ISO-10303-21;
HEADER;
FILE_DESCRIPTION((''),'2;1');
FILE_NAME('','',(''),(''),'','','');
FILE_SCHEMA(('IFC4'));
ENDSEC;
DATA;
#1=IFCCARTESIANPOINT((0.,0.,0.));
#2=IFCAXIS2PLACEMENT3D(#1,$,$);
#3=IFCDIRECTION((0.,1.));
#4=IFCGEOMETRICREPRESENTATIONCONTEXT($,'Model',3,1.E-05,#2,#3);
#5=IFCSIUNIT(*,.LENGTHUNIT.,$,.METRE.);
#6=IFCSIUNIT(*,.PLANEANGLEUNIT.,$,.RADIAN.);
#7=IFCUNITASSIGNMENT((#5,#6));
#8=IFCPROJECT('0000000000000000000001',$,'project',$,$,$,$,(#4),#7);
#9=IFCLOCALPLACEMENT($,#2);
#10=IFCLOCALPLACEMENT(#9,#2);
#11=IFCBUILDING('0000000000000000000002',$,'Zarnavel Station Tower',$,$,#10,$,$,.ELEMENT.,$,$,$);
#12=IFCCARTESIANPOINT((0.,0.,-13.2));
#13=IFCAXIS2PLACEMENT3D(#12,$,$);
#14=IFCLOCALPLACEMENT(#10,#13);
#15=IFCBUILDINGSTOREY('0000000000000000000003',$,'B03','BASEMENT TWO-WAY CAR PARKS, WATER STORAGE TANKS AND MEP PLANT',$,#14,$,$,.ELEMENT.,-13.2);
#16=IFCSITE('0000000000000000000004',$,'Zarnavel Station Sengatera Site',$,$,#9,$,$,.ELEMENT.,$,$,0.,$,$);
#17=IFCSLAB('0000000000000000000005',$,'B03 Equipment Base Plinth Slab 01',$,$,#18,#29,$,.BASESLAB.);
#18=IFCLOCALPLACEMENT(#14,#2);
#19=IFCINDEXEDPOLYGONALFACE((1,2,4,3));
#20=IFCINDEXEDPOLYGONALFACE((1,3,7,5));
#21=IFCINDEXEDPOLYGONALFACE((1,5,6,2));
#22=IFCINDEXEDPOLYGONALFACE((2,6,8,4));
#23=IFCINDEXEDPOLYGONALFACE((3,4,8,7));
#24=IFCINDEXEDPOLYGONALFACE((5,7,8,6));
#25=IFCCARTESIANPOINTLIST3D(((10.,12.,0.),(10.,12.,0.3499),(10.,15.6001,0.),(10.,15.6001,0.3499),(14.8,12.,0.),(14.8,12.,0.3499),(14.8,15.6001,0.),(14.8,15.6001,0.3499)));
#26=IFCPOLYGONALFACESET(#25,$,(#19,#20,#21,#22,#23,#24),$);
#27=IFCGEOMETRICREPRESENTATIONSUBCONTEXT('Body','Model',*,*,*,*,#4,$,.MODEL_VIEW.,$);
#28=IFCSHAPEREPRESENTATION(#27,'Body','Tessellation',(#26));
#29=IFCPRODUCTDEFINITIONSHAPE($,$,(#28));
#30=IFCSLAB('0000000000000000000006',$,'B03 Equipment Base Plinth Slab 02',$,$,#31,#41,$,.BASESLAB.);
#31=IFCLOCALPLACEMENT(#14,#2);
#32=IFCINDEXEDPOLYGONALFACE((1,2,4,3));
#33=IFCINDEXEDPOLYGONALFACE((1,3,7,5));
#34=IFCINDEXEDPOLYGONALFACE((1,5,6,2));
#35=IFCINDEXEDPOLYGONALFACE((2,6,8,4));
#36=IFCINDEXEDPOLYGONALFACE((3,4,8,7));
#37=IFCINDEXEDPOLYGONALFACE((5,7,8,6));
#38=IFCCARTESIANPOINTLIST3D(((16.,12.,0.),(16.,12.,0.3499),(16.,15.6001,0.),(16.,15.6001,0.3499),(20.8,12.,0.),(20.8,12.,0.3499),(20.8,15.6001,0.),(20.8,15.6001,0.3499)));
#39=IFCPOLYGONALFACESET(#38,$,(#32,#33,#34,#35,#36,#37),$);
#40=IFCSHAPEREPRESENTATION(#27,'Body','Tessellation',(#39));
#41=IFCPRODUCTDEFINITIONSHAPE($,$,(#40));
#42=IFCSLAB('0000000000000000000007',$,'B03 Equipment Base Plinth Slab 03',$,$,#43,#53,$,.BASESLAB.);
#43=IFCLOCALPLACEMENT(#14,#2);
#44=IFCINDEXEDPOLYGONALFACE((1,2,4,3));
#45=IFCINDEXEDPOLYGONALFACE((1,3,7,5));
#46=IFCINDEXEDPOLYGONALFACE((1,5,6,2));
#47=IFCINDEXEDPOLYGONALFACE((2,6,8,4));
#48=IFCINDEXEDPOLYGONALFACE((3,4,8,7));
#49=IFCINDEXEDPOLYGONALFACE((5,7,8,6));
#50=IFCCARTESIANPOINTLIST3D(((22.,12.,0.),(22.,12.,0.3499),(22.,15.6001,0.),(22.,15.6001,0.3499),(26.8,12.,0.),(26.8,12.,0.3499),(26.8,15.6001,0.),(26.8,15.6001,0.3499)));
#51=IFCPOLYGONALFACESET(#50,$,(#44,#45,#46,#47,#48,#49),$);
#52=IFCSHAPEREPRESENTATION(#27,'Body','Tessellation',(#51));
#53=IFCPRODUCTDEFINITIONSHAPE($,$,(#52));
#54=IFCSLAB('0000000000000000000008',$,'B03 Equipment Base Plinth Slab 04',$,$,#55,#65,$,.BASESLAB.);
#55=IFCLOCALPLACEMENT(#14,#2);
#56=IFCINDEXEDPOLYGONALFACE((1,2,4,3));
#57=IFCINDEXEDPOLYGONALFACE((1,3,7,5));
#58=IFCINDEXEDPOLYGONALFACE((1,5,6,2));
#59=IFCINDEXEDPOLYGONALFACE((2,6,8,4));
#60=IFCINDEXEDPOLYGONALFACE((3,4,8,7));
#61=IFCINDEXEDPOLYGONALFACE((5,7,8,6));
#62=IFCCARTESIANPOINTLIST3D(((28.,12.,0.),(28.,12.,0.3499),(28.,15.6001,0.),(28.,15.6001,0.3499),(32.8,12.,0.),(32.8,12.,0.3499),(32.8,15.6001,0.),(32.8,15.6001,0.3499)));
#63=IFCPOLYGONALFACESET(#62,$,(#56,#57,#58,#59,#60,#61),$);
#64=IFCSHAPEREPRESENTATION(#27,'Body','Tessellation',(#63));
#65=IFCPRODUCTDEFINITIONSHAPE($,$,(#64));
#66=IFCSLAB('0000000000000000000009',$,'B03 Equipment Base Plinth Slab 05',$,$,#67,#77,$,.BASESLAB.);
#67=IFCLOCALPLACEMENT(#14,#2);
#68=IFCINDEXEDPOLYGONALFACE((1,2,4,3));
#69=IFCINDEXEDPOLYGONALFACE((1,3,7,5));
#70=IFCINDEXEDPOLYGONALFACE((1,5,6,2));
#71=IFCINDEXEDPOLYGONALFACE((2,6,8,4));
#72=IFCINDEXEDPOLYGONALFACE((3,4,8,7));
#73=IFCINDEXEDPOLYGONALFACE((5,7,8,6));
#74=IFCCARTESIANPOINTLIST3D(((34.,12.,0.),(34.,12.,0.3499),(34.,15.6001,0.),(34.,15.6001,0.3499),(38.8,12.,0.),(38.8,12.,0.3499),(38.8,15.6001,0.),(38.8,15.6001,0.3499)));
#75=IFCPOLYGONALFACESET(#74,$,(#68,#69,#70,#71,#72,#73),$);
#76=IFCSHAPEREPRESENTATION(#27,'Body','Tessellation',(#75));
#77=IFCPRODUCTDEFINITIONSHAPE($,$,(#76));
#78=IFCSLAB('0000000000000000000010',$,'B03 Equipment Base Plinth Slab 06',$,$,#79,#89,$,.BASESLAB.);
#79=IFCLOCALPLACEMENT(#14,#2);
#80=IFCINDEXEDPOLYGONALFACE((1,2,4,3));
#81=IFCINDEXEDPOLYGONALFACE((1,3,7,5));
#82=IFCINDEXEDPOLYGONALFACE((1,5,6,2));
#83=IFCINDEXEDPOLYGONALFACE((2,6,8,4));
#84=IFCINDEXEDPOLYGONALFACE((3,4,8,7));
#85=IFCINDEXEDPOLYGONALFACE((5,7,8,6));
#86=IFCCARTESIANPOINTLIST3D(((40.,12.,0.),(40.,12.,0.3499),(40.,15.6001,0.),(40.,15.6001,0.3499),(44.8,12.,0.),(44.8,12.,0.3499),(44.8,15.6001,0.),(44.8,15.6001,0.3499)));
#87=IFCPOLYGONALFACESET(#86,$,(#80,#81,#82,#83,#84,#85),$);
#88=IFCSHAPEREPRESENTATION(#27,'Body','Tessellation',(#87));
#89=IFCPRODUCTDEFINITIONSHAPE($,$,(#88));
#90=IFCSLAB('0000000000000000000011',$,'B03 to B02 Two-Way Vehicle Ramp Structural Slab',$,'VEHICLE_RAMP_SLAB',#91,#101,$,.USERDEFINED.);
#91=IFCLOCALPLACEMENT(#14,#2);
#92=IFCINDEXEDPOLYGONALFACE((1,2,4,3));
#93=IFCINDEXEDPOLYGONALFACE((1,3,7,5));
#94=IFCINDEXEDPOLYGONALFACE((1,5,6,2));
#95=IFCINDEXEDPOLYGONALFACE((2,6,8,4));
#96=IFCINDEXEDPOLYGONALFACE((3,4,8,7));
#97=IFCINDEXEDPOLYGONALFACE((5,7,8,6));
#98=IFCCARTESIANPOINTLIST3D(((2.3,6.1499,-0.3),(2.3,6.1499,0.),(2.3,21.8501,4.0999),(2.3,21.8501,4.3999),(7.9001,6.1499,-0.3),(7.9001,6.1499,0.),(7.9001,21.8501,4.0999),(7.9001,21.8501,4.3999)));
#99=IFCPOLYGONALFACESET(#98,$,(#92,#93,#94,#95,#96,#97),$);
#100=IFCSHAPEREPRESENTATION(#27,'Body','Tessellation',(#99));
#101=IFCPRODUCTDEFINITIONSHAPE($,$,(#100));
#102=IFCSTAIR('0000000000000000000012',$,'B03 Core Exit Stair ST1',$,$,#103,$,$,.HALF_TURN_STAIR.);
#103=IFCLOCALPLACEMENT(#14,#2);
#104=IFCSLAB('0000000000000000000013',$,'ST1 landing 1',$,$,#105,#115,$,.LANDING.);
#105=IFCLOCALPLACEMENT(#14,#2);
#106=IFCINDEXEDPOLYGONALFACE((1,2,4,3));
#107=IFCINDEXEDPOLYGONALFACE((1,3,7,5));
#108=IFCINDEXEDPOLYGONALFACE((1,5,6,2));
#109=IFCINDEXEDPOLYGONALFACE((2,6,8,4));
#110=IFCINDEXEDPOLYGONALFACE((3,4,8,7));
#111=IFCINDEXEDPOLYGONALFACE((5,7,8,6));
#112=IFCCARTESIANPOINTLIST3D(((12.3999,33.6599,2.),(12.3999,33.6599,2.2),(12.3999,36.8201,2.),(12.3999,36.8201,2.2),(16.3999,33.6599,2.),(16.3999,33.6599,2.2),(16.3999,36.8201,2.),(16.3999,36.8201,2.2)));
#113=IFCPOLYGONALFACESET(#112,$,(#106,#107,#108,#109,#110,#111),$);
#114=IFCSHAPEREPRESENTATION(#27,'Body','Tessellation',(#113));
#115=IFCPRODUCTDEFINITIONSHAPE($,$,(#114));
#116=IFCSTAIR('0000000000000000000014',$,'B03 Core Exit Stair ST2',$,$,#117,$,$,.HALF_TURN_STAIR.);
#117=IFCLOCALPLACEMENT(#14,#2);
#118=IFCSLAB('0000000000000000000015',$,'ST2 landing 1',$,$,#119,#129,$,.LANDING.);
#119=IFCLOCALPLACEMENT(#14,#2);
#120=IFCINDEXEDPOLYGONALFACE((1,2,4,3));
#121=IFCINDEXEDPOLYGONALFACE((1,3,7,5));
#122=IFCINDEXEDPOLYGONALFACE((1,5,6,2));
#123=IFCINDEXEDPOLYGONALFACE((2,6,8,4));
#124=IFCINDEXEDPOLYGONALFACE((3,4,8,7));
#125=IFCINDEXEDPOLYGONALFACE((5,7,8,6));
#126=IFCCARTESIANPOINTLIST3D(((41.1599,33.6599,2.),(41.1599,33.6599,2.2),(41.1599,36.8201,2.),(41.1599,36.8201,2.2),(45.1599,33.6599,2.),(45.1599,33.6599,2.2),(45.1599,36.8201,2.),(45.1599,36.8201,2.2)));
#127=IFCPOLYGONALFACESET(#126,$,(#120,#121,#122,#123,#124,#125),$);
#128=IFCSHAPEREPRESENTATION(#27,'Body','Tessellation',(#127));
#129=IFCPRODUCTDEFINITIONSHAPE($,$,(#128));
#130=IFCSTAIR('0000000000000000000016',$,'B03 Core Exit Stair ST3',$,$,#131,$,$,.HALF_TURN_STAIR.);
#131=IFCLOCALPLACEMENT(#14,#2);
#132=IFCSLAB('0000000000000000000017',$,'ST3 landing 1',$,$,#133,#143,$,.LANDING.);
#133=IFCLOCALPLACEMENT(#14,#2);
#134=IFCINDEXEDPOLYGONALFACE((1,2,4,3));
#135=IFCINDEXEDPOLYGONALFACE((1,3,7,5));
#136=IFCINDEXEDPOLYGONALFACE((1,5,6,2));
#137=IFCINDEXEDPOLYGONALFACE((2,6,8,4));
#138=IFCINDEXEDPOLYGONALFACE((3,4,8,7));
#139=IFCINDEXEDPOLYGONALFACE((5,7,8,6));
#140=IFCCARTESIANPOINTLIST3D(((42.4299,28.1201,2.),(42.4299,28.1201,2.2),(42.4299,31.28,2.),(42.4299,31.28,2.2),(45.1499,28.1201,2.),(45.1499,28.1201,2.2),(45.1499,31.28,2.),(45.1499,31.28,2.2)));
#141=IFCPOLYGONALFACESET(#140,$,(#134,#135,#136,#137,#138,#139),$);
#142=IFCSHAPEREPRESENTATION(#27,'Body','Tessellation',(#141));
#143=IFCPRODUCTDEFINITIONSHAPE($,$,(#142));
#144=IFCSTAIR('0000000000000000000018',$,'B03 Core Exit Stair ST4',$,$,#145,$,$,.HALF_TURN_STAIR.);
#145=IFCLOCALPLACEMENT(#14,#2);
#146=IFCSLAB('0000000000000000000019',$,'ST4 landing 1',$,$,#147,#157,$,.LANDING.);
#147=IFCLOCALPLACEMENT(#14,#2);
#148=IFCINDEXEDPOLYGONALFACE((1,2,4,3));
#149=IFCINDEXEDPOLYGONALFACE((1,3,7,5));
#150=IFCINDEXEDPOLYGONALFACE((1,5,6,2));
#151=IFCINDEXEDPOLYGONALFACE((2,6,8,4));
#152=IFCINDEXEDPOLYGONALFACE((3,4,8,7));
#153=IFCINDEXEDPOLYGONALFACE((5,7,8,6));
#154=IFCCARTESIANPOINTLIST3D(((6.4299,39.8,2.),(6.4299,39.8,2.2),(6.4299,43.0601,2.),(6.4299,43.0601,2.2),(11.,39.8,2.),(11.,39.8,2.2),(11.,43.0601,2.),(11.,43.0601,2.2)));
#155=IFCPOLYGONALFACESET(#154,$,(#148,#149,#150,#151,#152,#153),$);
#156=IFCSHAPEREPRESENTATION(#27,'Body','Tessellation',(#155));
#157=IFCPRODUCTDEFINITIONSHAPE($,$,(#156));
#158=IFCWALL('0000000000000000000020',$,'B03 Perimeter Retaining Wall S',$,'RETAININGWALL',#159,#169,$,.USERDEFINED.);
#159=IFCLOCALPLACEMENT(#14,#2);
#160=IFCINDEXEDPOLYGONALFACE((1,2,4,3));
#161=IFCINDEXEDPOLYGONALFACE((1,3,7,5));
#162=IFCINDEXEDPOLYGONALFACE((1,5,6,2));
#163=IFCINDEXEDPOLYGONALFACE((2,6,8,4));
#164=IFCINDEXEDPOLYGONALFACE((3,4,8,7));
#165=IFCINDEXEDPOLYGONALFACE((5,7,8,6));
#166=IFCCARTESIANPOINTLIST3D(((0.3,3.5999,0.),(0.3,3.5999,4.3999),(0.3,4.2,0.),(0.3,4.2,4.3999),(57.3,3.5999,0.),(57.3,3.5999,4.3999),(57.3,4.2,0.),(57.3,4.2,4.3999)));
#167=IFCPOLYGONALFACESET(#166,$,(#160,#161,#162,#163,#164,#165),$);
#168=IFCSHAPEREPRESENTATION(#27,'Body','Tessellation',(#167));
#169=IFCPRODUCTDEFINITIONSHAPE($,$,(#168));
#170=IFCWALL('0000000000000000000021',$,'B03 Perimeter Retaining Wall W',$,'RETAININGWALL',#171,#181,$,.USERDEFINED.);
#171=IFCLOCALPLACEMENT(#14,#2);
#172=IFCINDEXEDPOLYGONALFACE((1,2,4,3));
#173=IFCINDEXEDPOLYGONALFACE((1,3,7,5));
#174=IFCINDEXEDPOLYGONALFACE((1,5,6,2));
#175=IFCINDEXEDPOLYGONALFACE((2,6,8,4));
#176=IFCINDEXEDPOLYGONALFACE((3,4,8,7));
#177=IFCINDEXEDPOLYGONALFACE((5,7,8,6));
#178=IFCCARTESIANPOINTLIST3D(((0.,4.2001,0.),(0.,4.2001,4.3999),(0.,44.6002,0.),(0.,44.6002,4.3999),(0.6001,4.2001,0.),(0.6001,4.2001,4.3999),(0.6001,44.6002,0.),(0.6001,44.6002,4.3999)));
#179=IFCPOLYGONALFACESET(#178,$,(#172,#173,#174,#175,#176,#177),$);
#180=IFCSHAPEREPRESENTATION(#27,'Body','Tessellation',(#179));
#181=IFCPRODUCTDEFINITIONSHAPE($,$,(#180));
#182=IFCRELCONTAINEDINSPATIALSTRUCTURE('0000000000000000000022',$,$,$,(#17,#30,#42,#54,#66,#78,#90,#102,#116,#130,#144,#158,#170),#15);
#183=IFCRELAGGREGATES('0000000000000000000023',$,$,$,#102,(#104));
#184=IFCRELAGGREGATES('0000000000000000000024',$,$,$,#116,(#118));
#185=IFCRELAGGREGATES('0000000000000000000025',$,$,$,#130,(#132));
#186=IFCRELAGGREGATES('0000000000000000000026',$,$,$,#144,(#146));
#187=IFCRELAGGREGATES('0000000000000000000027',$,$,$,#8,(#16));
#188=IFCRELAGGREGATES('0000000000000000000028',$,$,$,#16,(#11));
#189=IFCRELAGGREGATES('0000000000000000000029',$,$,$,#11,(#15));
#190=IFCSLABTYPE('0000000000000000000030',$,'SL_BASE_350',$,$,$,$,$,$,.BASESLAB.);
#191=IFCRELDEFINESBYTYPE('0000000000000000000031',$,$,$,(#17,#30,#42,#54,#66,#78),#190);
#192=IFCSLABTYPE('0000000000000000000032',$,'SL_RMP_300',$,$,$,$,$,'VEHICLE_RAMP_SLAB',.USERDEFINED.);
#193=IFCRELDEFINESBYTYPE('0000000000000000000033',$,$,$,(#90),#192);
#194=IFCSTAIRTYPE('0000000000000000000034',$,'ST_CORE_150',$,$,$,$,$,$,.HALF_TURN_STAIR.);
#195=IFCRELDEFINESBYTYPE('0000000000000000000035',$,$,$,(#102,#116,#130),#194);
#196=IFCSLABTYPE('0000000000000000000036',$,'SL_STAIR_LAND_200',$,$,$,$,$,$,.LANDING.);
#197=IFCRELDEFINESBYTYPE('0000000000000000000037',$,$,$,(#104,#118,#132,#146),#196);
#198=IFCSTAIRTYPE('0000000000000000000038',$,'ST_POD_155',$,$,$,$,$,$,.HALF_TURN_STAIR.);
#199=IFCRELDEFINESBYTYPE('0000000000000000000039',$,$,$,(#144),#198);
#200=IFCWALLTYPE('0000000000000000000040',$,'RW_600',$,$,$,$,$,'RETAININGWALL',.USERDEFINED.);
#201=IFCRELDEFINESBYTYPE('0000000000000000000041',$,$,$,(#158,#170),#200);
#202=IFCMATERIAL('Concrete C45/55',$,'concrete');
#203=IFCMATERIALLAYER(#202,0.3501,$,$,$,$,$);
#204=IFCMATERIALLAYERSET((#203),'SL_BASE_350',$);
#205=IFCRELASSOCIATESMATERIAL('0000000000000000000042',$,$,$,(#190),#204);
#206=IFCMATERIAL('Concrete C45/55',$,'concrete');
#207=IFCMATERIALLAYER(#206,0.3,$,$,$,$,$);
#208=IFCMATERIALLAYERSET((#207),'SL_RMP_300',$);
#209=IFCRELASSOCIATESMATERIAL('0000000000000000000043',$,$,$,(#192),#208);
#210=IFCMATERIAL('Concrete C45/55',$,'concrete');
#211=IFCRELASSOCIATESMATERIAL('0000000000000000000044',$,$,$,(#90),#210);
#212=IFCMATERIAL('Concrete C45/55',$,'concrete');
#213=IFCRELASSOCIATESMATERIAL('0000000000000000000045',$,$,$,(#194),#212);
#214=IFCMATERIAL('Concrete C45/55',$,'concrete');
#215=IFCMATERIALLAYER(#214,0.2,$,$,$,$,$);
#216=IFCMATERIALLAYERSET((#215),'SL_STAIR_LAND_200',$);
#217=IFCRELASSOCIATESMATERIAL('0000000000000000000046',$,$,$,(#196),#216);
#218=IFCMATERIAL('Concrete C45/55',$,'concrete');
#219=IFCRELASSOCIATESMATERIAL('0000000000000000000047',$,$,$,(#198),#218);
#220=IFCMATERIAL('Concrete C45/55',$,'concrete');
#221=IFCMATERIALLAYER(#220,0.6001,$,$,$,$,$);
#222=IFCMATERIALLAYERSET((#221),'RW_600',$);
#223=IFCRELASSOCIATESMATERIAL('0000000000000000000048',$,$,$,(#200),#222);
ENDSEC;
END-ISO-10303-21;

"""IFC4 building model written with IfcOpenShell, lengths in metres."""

from ifc_helpers import new_model, si_unit, direction, frame, frame_2d, origin, place, context, subcontext, project, spatial, polyline, rectangle, outline, extrude, material, layer, layer_set, type_object, element, aggregate, save


model = new_model("IFC4")

# Units and contexts
model_context = context("Model", 3, precision=1e-05, world=origin(), true_north=direction((0.0, 1.0)))
body_context = subcontext(model_context, "Body", "Model", "MODEL_VIEW")
ifc_project = project(units=[si_unit("LENGTHUNIT", "METRE"), si_unit("PLANEANGLEUNIT", "RADIAN")], contexts=[model_context])

# Site, building, storey
site_placement = place(None, origin())
site = spatial("IfcSite", under=ifc_project, at=site_placement, Name="Zarnavel Station Sengatera Site", CompositionType="ELEMENT", RefElevation=0.0)
building_placement = place(site_placement, origin())
building = spatial("IfcBuilding", under=site, at=building_placement, Name="Zarnavel Station Tower", CompositionType="ELEMENT")
storey_placement = place(building_placement, frame((0.0, 0.0, -13.2)))
storey = spatial("IfcBuildingStorey", under=building, at=storey_placement, Name="B03", Description="BASEMENT TWO-WAY CAR PARKS, WATER STORAGE TANKS AND MEP PLANT", CompositionType="ELEMENT", Elevation=-13.2)

# Slabs
ifc_material_1 = material(Name="Concrete C45/55", Category="concrete")
ifc_layer_1 = layer(ifc_material_1, 0.3501)
ifc_layer_set_1 = layer_set([ifc_layer_1], Name="SL_BASE_350")
slab_type_1 = type_object("IfcSlabType", Name="SL_BASE_350", PredefinedType="BASESLAB", material=ifc_layer_set_1)
slab_1_placement = place(storey_placement, origin())
element("IfcSlab", 1, at=slab_1_placement, inside=storey, type_object=slab_type_1, Name="B03 Equipment Base Plinth Slab 01", PredefinedType="BASESLAB", context=body_context, shape_type="SweptSolid", body=[
    extrude(outline(polyline([(10.0, 12.0), (14.8, 12.0), (14.8, 15.6001), (10.0, 15.6001), (10.0, 12.0)])), origin(), (0.0, 0.0, 1.0), 0.3499),
])
slab_2_placement = place(storey_placement, origin())
element("IfcSlab", 2, at=slab_2_placement, inside=storey, type_object=slab_type_1, Name="B03 Equipment Base Plinth Slab 02", PredefinedType="BASESLAB", context=body_context, shape_type="SweptSolid", body=[
    extrude(outline(polyline([(16.0, 12.0), (20.8, 12.0), (20.8, 15.6001), (16.0, 15.6001), (16.0, 12.0)])), origin(), (0.0, 0.0, 1.0), 0.3499),
])
slab_3_placement = place(storey_placement, origin())
element("IfcSlab", 3, at=slab_3_placement, inside=storey, type_object=slab_type_1, Name="B03 Equipment Base Plinth Slab 03", PredefinedType="BASESLAB", context=body_context, shape_type="SweptSolid", body=[
    extrude(outline(polyline([(22.0, 12.0), (26.8, 12.0), (26.8, 15.6001), (22.0, 15.6001), (22.0, 12.0)])), origin(), (0.0, 0.0, 1.0), 0.3499),
])
slab_4_placement = place(storey_placement, origin())
element("IfcSlab", 4, at=slab_4_placement, inside=storey, type_object=slab_type_1, Name="B03 Equipment Base Plinth Slab 04", PredefinedType="BASESLAB", context=body_context, shape_type="SweptSolid", body=[
    extrude(outline(polyline([(28.0, 12.0), (32.8, 12.0), (32.8, 15.6001), (28.0, 15.6001), (28.0, 12.0)])), origin(), (0.0, 0.0, 1.0), 0.3499),
])
slab_5_placement = place(storey_placement, origin())
element("IfcSlab", 5, at=slab_5_placement, inside=storey, type_object=slab_type_1, Name="B03 Equipment Base Plinth Slab 05", PredefinedType="BASESLAB", context=body_context, shape_type="SweptSolid", body=[
    extrude(outline(polyline([(34.0, 12.0), (38.8, 12.0), (38.8, 15.6001), (34.0, 15.6001), (34.0, 12.0)])), origin(), (0.0, 0.0, 1.0), 0.3499),
])
slab_6_placement = place(storey_placement, origin())
element("IfcSlab", 6, at=slab_6_placement, inside=storey, type_object=slab_type_1, Name="B03 Equipment Base Plinth Slab 06", PredefinedType="BASESLAB", context=body_context, shape_type="SweptSolid", body=[
    extrude(outline(polyline([(40.0, 12.0), (44.8, 12.0), (44.8, 15.6001), (40.0, 15.6001), (40.0, 12.0)])), origin(), (0.0, 0.0, 1.0), 0.3499),
])
ifc_material_2 = material(Name="Concrete C45/55", Category="concrete")
ifc_material_3 = material(Name="Concrete C45/55", Category="concrete")
ifc_layer_2 = layer(ifc_material_3, 0.3)
ifc_layer_set_2 = layer_set([ifc_layer_2], Name="SL_RMP_300")
slab_type_2 = type_object("IfcSlabType", Name="SL_RMP_300", ElementType="VEHICLE_RAMP_SLAB", PredefinedType="USERDEFINED", material=ifc_layer_set_2)
slab_7_placement = place(storey_placement, frame((5.1001, 6.1499, 0.0), z_axis=(0.0, 0.0, 1.0), x_axis=(0.0, 1.0, 0.0)))
element("IfcSlab", 7, at=slab_7_placement, inside=storey, type_object=slab_type_2, material=ifc_material_2, Name="B03 to B02 Two-Way Vehicle Ramp Structural Slab", ObjectType="VEHICLE_RAMP_SLAB", PredefinedType="USERDEFINED", context=body_context, shape_type="SweptSolid", body=[
    extrude(outline(polyline([(0.0, 0.0), (15.7002, 4.3999), (15.7002, 4.0999), (0.0, -0.3), (0.0, 0.0)])), frame((0.0, -2.8, 0.0), z_axis=(0.0, -1.0, 0.0), x_axis=(1.0, 0.0, 0.0)), (0.0, 0.0, -1.0), 5.6001),
])

# Stairs, slabs
ifc_material_4 = material(Name="Concrete C45/55", Category="concrete")
stair_type_1 = type_object("IfcStairType", Name="ST_CORE_150", PredefinedType="HALF_TURN_STAIR", material=ifc_material_4)
stair_1_placement = place(storey_placement, origin())
stair_1 = element("IfcStair", 8, at=stair_1_placement, inside=storey, type_object=stair_type_1, Name="B03 Core Exit Stair ST1", PredefinedType="HALF_TURN_STAIR")
ifc_material_5 = material(Name="Concrete C45/55", Category="concrete")
ifc_layer_3 = layer(ifc_material_5, 0.2)
ifc_layer_set_3 = layer_set([ifc_layer_3], Name="SL_STAIR_LAND_200")
slab_type_3 = type_object("IfcSlabType", Name="SL_STAIR_LAND_200", PredefinedType="LANDING", material=ifc_layer_set_3)
slab_8_placement = place(storey_placement, frame((0.0, 0.0, 2.0)))
slab_8 = element("IfcSlab", 9, at=slab_8_placement, type_object=slab_type_3, Name="ST1 landing 1", PredefinedType="LANDING", context=body_context, shape_type="SweptSolid", body=[
    extrude(outline(polyline([(16.3999, 36.8201), (12.3999, 36.8201), (12.3999, 33.6599), (16.3999, 33.6599), (16.3999, 36.8201)])), origin(), (0.0, 0.0, 1.0), 0.2),
])
aggregate(stair_1, [slab_8])
stair_2_placement = place(storey_placement, origin())
stair_2 = element("IfcStair", 10, at=stair_2_placement, inside=storey, type_object=stair_type_1, Name="B03 Core Exit Stair ST2", PredefinedType="HALF_TURN_STAIR")
slab_9_placement = place(storey_placement, frame((0.0, 0.0, 2.0)))
slab_9 = element("IfcSlab", 11, at=slab_9_placement, type_object=slab_type_3, Name="ST2 landing 1", PredefinedType="LANDING", context=body_context, shape_type="SweptSolid", body=[
    extrude(outline(polyline([(41.1599, 33.6599), (45.1599, 33.6599), (45.1599, 36.8201), (41.1599, 36.8201), (41.1599, 33.6599)])), origin(), (0.0, 0.0, 1.0), 0.2),
])
aggregate(stair_2, [slab_9])
stair_3_placement = place(storey_placement, origin())
stair_3 = element("IfcStair", 12, at=stair_3_placement, inside=storey, type_object=stair_type_1, Name="B03 Core Exit Stair ST3", PredefinedType="HALF_TURN_STAIR")
slab_10_placement = place(storey_placement, frame((0.0, 0.0, 2.0)))
slab_10 = element("IfcSlab", 13, at=slab_10_placement, type_object=slab_type_3, Name="ST3 landing 1", PredefinedType="LANDING", context=body_context, shape_type="SweptSolid", body=[
    extrude(outline(polyline([(42.4299, 28.1201), (45.1499, 28.1201), (45.1499, 31.28), (42.4299, 31.28), (42.4299, 28.1201)])), origin(), (0.0, 0.0, 1.0), 0.2),
])
aggregate(stair_3, [slab_10])
ifc_material_6 = material(Name="Concrete C45/55", Category="concrete")
stair_type_2 = type_object("IfcStairType", Name="ST_POD_155", PredefinedType="HALF_TURN_STAIR", material=ifc_material_6)
stair_4_placement = place(storey_placement, origin())
stair_4 = element("IfcStair", 14, at=stair_4_placement, inside=storey, type_object=stair_type_2, Name="B03 Core Exit Stair ST4", PredefinedType="HALF_TURN_STAIR")
slab_11_placement = place(storey_placement, frame((0.0, 0.0, 2.0)))
slab_11 = element("IfcSlab", 15, at=slab_11_placement, type_object=slab_type_3, Name="ST4 landing 1", PredefinedType="LANDING", context=body_context, shape_type="SweptSolid", body=[
    extrude(outline(polyline([(6.4299, 39.8), (11.0, 39.8), (11.0, 43.0601), (6.4299, 43.0601), (6.4299, 39.8)])), origin(), (0.0, 0.0, 1.0), 0.2),
])
aggregate(stair_4, [slab_11])

# Walls
ifc_material_7 = material(Name="Concrete C45/55", Category="concrete")
ifc_layer_4 = layer(ifc_material_7, 0.6001)
ifc_layer_set_4 = layer_set([ifc_layer_4], Name="RW_600")
wall_type = type_object("IfcWallType", Name="RW_600", ElementType="RETAININGWALL", PredefinedType="USERDEFINED", material=ifc_layer_set_4)
wall_1_placement = place(storey_placement, frame((0.3, 3.8999, 0.0), z_axis=(0.0, 0.0, 1.0), x_axis=(1.0, 0.0, 0.0)))
element("IfcWall", 16, at=wall_1_placement, inside=storey, type_object=wall_type, Name="B03 Perimeter Retaining Wall S", ObjectType="RETAININGWALL", PredefinedType="USERDEFINED", context=body_context, shape_type="SweptSolid", body=[
    extrude(rectangle(XDim=57.0, YDim=0.6001, at=frame_2d((28.5, 0.0))), origin(), (0.0, 0.0, 1.0), 4.3999),
])
wall_2_placement = place(storey_placement, frame((0.3, 4.2, 0.0), z_axis=(0.0, 0.0, 1.0), x_axis=(0.0, 1.0, 0.0)))
element("IfcWall", 17, at=wall_2_placement, inside=storey, type_object=wall_type, Name="B03 Perimeter Retaining Wall W", ObjectType="RETAININGWALL", PredefinedType="USERDEFINED", context=body_context, shape_type="SweptSolid", body=[
    extrude(rectangle(XDim=40.4001, YDim=0.6001, at=frame_2d((20.2002, 0.0))), origin(), (0.0, 0.0, 1.0), 4.3999),
])

save(model, "model.ifc")
